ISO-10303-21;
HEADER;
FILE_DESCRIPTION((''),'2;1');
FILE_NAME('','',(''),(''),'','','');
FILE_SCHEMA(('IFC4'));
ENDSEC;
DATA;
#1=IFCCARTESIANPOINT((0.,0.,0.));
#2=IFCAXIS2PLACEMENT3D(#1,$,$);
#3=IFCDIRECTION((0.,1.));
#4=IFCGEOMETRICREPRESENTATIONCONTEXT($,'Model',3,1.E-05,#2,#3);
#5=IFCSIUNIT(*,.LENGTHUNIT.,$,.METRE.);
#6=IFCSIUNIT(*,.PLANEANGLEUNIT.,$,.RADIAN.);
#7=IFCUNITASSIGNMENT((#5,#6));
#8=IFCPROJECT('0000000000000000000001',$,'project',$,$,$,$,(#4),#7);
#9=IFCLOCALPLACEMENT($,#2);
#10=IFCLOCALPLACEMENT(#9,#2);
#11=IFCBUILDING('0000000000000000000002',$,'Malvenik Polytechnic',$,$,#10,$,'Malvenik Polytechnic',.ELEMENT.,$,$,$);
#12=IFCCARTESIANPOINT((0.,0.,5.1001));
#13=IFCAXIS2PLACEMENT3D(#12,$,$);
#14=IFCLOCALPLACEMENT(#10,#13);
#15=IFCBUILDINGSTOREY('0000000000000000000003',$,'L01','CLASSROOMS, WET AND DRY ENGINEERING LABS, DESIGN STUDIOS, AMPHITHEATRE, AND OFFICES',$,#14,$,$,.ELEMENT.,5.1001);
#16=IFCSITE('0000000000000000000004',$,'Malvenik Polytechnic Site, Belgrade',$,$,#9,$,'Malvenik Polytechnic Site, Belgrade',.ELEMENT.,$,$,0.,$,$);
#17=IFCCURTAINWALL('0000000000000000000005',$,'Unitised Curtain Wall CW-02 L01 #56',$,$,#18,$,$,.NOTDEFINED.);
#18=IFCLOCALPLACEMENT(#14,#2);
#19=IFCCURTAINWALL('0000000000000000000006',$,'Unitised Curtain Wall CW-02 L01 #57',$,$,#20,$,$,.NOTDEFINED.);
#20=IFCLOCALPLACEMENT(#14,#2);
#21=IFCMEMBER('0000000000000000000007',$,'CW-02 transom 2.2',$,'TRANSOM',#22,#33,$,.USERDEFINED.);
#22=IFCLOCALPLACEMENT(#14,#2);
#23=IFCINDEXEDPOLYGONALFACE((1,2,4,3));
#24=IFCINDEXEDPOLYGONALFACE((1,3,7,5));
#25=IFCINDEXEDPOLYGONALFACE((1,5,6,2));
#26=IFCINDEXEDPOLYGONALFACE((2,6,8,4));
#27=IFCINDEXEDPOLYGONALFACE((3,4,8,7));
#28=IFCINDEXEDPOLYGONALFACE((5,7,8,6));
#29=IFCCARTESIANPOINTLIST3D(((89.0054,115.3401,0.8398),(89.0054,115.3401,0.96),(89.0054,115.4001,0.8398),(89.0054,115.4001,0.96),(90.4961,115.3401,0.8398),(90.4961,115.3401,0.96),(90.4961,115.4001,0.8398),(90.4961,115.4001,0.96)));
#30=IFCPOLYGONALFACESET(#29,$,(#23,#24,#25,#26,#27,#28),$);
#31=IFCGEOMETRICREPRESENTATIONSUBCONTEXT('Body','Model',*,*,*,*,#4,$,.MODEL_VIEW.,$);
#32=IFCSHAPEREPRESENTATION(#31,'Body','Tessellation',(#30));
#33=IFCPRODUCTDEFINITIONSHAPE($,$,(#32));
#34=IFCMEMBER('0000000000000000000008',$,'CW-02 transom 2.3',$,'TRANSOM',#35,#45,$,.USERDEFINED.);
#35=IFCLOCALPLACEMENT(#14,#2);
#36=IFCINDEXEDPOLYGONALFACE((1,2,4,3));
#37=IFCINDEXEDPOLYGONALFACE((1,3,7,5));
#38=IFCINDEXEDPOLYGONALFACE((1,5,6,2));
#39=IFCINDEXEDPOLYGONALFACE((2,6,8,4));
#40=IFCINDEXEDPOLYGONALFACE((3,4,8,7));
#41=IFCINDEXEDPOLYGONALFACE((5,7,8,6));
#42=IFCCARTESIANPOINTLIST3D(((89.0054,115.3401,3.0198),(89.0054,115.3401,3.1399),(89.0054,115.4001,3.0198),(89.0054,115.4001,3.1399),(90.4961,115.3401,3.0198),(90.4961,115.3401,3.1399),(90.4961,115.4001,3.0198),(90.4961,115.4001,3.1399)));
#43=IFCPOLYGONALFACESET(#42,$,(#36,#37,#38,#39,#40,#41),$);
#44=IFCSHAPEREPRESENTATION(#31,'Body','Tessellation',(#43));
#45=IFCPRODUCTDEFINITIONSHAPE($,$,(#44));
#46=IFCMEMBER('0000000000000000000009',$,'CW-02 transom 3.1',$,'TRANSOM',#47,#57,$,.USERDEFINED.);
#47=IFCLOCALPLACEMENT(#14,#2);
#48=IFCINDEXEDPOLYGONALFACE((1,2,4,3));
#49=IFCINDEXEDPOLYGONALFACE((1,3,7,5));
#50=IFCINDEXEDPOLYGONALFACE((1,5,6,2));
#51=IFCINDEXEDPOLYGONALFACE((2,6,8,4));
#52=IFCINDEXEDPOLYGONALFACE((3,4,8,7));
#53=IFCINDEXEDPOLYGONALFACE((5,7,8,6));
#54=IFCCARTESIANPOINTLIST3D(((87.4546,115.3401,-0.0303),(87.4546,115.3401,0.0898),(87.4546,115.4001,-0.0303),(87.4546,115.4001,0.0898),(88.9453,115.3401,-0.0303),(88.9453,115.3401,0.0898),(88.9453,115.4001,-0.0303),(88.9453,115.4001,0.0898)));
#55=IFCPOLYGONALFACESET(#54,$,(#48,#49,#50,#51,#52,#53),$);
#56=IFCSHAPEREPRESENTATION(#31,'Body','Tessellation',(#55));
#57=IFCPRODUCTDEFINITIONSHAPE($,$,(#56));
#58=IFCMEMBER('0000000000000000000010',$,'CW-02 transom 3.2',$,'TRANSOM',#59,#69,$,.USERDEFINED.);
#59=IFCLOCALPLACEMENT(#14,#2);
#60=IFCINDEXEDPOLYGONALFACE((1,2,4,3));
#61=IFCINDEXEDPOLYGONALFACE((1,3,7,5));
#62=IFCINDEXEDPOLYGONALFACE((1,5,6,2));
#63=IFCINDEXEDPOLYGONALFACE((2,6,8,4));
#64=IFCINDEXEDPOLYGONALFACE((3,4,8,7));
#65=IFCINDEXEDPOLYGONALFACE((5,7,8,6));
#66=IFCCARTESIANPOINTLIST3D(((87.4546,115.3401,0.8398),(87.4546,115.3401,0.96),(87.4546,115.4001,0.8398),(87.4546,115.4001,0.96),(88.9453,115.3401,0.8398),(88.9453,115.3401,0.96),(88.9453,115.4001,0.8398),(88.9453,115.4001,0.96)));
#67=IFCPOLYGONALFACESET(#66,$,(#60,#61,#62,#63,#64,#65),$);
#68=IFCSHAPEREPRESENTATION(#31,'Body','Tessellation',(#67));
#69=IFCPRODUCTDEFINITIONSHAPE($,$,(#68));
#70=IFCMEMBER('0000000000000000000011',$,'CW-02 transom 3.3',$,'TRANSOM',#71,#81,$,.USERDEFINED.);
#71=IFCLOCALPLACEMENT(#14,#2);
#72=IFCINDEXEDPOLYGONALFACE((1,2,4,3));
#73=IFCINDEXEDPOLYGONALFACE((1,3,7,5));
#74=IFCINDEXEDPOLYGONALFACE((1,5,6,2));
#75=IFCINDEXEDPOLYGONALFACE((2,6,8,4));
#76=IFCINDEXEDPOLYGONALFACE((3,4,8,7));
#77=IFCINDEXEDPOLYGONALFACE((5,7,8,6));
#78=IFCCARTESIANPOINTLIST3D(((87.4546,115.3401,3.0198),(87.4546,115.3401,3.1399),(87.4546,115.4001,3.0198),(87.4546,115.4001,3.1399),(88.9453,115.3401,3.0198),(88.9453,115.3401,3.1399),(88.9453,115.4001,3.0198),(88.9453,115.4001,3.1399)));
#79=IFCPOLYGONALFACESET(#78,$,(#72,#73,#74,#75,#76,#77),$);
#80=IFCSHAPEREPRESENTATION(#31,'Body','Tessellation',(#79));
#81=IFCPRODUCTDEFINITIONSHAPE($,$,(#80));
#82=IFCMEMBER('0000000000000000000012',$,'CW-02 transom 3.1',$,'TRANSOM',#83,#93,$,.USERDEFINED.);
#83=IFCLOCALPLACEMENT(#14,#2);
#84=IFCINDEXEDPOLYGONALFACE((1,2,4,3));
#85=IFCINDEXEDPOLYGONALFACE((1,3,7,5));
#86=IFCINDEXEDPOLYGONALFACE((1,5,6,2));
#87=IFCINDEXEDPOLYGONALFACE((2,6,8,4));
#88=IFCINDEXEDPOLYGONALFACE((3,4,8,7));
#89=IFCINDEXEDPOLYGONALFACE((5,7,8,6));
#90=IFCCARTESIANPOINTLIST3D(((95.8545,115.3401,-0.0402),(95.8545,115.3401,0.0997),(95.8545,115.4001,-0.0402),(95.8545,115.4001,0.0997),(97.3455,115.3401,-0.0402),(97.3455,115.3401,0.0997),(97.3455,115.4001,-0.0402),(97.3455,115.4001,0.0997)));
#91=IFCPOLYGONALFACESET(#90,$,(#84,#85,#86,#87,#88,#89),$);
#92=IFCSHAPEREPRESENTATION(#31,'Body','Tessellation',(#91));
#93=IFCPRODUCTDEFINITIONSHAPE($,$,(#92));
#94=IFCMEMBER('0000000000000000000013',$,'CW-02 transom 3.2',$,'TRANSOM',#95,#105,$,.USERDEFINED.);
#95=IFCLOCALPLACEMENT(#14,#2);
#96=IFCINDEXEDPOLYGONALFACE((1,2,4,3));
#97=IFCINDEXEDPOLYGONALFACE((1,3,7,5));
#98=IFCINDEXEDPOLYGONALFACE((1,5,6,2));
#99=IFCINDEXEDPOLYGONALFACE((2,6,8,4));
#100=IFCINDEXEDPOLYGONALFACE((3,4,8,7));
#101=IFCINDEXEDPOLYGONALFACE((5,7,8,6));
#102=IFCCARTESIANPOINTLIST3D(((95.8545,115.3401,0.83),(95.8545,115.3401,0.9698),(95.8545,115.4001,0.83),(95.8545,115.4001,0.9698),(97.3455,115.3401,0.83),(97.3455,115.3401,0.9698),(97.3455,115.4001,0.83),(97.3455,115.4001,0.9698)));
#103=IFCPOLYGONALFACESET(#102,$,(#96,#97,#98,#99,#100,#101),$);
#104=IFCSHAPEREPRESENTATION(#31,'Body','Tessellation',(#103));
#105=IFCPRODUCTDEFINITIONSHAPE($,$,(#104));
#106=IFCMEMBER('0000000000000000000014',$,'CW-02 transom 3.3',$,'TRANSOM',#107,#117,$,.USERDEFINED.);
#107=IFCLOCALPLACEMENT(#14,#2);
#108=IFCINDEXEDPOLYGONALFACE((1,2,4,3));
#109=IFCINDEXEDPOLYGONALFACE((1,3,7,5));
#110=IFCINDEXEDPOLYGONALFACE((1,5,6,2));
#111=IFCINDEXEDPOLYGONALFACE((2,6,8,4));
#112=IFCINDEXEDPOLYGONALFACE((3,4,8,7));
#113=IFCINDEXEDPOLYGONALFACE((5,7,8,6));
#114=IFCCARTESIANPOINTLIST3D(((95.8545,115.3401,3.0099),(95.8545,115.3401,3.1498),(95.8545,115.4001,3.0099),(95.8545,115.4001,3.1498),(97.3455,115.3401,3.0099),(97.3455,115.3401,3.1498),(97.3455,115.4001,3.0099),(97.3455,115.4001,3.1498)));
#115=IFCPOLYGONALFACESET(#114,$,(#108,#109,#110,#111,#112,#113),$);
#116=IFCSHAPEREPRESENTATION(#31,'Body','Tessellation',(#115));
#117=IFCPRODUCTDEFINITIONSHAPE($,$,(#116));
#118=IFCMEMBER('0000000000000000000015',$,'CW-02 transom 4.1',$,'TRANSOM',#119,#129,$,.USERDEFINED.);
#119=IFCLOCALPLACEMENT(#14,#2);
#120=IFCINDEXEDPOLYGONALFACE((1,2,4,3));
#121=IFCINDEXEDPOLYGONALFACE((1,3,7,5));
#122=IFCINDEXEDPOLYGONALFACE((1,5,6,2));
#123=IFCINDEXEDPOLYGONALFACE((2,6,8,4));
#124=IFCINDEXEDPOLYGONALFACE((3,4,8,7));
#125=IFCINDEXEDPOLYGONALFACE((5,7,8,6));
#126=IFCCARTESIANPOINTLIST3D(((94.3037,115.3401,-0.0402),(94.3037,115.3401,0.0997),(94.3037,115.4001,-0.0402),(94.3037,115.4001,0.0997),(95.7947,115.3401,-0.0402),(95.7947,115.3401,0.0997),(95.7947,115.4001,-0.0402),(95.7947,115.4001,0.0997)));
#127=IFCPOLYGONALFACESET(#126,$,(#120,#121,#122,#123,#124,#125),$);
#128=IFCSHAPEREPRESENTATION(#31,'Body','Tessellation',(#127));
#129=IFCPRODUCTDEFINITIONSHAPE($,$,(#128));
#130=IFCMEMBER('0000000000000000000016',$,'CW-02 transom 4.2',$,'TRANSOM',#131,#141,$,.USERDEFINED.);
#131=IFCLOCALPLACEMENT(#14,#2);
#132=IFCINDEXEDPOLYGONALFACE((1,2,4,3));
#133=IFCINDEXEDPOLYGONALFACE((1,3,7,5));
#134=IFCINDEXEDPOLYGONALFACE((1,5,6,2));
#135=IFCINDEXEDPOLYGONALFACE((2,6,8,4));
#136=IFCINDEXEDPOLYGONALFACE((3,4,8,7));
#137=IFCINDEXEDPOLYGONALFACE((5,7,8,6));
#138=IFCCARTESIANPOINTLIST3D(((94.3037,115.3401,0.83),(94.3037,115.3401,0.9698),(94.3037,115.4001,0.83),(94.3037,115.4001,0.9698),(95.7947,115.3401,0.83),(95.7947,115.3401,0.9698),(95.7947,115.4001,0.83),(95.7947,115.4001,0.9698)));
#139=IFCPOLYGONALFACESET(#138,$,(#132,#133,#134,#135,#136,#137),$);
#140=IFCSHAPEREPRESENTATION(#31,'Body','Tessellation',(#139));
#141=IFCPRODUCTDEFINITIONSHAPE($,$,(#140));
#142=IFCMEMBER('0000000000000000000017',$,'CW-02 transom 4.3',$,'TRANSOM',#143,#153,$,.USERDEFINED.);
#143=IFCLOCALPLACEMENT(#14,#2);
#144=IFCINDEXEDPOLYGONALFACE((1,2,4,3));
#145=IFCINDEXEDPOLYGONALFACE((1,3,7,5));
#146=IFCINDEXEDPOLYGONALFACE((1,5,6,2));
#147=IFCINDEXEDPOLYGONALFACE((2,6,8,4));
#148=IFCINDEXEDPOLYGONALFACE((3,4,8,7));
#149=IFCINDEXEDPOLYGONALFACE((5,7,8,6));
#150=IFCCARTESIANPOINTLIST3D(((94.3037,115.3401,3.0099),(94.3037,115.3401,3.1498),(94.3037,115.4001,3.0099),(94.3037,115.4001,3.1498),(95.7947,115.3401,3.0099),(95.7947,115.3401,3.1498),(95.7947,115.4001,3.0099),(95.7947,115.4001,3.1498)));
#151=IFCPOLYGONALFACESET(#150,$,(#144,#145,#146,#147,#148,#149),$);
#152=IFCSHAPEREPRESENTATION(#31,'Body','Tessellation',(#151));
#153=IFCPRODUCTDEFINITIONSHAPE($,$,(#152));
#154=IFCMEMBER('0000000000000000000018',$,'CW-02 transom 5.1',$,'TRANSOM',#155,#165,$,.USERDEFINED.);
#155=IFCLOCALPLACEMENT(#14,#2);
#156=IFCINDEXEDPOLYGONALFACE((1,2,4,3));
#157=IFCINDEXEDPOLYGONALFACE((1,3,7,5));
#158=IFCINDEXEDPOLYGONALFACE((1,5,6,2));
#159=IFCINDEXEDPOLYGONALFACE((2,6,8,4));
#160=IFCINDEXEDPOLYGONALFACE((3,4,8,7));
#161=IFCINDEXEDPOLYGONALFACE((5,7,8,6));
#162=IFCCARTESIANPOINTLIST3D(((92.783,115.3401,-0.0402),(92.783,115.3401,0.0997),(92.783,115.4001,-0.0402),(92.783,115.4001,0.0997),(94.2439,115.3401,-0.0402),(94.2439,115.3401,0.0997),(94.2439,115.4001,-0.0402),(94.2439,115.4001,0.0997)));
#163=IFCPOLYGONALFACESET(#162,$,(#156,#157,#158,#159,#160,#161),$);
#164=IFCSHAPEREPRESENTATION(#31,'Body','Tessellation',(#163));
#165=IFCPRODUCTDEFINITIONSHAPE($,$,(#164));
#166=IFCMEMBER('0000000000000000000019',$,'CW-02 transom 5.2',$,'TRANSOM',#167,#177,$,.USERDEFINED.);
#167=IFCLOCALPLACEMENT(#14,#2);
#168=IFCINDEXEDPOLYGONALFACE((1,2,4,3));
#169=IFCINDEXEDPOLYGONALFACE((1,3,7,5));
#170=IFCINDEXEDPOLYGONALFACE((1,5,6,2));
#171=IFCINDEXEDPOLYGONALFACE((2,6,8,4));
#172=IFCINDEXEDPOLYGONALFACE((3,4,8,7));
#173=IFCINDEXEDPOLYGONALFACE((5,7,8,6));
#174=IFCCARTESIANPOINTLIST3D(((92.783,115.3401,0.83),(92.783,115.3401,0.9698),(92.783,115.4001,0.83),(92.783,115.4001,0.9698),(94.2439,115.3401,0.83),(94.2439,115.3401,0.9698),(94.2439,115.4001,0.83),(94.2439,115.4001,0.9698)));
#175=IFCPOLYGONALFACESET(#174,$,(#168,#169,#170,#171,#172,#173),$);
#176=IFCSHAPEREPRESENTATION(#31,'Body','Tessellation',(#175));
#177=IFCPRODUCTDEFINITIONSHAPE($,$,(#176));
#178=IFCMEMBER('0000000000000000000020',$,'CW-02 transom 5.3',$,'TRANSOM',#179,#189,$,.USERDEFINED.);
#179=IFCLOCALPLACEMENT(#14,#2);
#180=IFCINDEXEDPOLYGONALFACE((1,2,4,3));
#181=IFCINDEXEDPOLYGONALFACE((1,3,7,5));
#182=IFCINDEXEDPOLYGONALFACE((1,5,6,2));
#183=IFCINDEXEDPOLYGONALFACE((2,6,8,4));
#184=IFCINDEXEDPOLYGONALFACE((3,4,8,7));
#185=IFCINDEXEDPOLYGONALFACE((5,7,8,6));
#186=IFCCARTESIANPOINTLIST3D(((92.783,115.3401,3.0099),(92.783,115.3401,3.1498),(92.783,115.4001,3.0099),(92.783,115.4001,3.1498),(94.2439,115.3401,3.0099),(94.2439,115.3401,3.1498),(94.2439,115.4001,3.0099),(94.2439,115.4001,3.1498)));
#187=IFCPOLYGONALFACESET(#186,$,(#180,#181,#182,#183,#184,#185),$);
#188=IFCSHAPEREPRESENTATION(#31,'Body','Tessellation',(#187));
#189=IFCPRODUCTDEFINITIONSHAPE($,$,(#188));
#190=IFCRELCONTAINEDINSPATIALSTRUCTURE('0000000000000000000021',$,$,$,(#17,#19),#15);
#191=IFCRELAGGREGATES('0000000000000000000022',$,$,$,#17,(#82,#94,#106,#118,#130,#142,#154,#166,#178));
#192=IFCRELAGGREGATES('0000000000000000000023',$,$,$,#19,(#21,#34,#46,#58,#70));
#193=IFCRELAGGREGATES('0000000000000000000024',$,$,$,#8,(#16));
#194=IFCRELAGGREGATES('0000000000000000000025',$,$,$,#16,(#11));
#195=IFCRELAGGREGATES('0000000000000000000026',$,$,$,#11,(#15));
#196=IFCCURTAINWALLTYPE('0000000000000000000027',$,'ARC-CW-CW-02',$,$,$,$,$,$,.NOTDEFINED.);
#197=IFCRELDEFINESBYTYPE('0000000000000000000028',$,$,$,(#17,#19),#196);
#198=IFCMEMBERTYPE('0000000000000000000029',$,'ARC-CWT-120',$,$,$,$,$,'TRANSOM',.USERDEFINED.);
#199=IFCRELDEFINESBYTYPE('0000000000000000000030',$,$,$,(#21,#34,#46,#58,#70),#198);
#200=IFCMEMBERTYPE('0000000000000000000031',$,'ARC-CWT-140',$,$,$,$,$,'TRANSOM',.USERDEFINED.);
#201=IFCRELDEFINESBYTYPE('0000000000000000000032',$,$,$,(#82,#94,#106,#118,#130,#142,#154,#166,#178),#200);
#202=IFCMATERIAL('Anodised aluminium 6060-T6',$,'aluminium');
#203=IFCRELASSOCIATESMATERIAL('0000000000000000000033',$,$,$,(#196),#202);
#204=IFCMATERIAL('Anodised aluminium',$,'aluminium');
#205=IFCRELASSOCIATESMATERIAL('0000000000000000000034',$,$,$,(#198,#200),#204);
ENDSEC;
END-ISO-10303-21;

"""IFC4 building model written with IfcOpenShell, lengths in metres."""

from ifc_helpers import new_model, si_unit, direction, frame, origin, origin_2d, place, context, subcontext, project, spatial, rectangle, extrude, material, material_profile, profile_set, type_object, element, aggregate, save


model = new_model("IFC4")

# Units and contexts
model_context = context("Model", 3, precision=1e-05, world=origin(), true_north=direction((0.0, 1.0)))
body_context = subcontext(model_context, "Body", "Model", "MODEL_VIEW")
ifc_project = project(units=[si_unit("LENGTHUNIT", "METRE"), si_unit("PLANEANGLEUNIT", "RADIAN")], contexts=[model_context])

# Site, building, storey
site_placement = place(None, origin())
site = spatial("IfcSite", under=ifc_project, at=site_placement, Name="Malvenik Polytechnic Site, Belgrade", LongName="Malvenik Polytechnic Site, Belgrade", CompositionType="ELEMENT", RefElevation=0.0)
building_placement = place(site_placement, origin())
building = spatial("IfcBuilding", under=site, at=building_placement, Name="Malvenik Polytechnic", LongName="Malvenik Polytechnic", CompositionType="ELEMENT")
storey_placement = place(building_placement, frame((0.0, 0.0, 5.1001)))
storey = spatial("IfcBuildingStorey", under=building, at=storey_placement, Name="L01", Description="CLASSROOMS, WET AND DRY ENGINEERING LABS, DESIGN STUDIOS, AMPHITHEATRE, AND OFFICES", CompositionType="ELEMENT", Elevation=5.1001)

# Curtain walls, members
ifc_material_1 = material(Name="Anodised aluminium 6060-T6", Category="aluminium")
curtain_wall_type = type_object("IfcCurtainWallType", Name="ARC-CW-CW-02", PredefinedType="NOTDEFINED", material=ifc_material_1)
curtain_wall_1_placement = place(storey_placement, origin())
curtain_wall_1 = element("IfcCurtainWall", 1, at=curtain_wall_1_placement, inside=storey, type_object=curtain_wall_type, Name="Unitised Curtain Wall CW-02 L01 #56", PredefinedType="NOTDEFINED")
ifc_material_2 = material(Name="Anodised aluminium", Category="aluminium")
curtain_wall_2_placement = place(storey_placement, origin())
curtain_wall_2 = element("IfcCurtainWall", 2, at=curtain_wall_2_placement, inside=storey, type_object=curtain_wall_type, Name="Unitised Curtain Wall CW-02 L01 #57", PredefinedType="NOTDEFINED")
ifc_material_profile_1 = material_profile(ifc_material_2, rectangle(XDim=0.0601, YDim=0.1201, at=origin_2d()), Name="ALU TRANSOM 60x120")
ifc_profile_set_1 = profile_set([ifc_material_profile_1], Name="Anodised aluminium")
member_type_1 = type_object("IfcMemberType", Name="ARC-CWT-120", ElementType="TRANSOM", PredefinedType="USERDEFINED", material=ifc_profile_set_1)
member_1_placement = place(storey_placement, frame((90.4961, 115.3701, 0.8999), z_axis=(-1.0, 0.0, 0.0), x_axis=(0.0, -1.0, 0.0)))
member_1 = element("IfcMember", 3, at=member_1_placement, type_object=member_type_1, Name="CW-02 transom 2.2", ObjectType="TRANSOM", PredefinedType="USERDEFINED", context=body_context, shape_type="SweptSolid", body=[
    extrude(rectangle(XDim=0.0601, YDim=0.1201, at=origin_2d()), origin(), (0.0, 0.0, 1.0), 1.4907),
])
member_2_placement = place(storey_placement, frame((90.4961, 115.3701, 3.0798), z_axis=(-1.0, 0.0, 0.0), x_axis=(0.0, -1.0, 0.0)))
member_2 = element("IfcMember", 4, at=member_2_placement, type_object=member_type_1, Name="CW-02 transom 2.3", ObjectType="TRANSOM", PredefinedType="USERDEFINED", context=body_context, shape_type="SweptSolid", body=[
    extrude(rectangle(XDim=0.0601, YDim=0.1201, at=origin_2d()), origin(), (0.0, 0.0, 1.0), 1.4907),
])
member_3_placement = place(storey_placement, frame((88.9453, 115.3701, 0.0298), z_axis=(-1.0, 0.0, 0.0), x_axis=(0.0, -1.0, 0.0)))
member_3 = element("IfcMember", 5, at=member_3_placement, type_object=member_type_1, Name="CW-02 transom 3.1", ObjectType="TRANSOM", PredefinedType="USERDEFINED", context=body_context, shape_type="SweptSolid", body=[
    extrude(rectangle(XDim=0.0601, YDim=0.1201, at=origin_2d()), origin(), (0.0, 0.0, 1.0), 1.4907),
])
member_4_placement = place(storey_placement, frame((88.9453, 115.3701, 0.8999), z_axis=(-1.0, 0.0, 0.0), x_axis=(0.0, -1.0, 0.0)))
member_4 = element("IfcMember", 6, at=member_4_placement, type_object=member_type_1, Name="CW-02 transom 3.2", ObjectType="TRANSOM", PredefinedType="USERDEFINED", context=body_context, shape_type="SweptSolid", body=[
    extrude(rectangle(XDim=0.0601, YDim=0.1201, at=origin_2d()), origin(), (0.0, 0.0, 1.0), 1.4907),
])
member_5_placement = place(storey_placement, frame((88.9453, 115.3701, 3.0798), z_axis=(-1.0, 0.0, 0.0), x_axis=(0.0, -1.0, 0.0)))
member_5 = element("IfcMember", 7, at=member_5_placement, type_object=member_type_1, Name="CW-02 transom 3.3", ObjectType="TRANSOM", PredefinedType="USERDEFINED", context=body_context, shape_type="SweptSolid", body=[
    extrude(rectangle(XDim=0.0601, YDim=0.1201, at=origin_2d()), origin(), (0.0, 0.0, 1.0), 1.4907),
])

# Members
ifc_material_profile_2 = material_profile(ifc_material_2, rectangle(XDim=0.0601, YDim=0.1399, at=origin_2d()), Name="ALU TRANSOM 60x140")
ifc_profile_set_2 = profile_set([ifc_material_profile_2], Name="Anodised aluminium")
member_type_2 = type_object("IfcMemberType", Name="ARC-CWT-140", ElementType="TRANSOM", PredefinedType="USERDEFINED", material=ifc_profile_set_2)
member_6_placement = place(storey_placement, frame((97.3455, 115.3701, 0.0298), z_axis=(-1.0, 0.0, 0.0), x_axis=(0.0, -1.0, 0.0)))
member_6 = element("IfcMember", 8, at=member_6_placement, type_object=member_type_2, Name="CW-02 transom 3.1", ObjectType="TRANSOM", PredefinedType="USERDEFINED", context=body_context, shape_type="SweptSolid", body=[
    extrude(rectangle(XDim=0.0601, YDim=0.1399, at=origin_2d()), origin(), (0.0, 0.0, 1.0), 1.491),
])
member_7_placement = place(storey_placement, frame((97.3455, 115.3701, 0.8999), z_axis=(-1.0, 0.0, 0.0), x_axis=(0.0, -1.0, 0.0)))
member_7 = element("IfcMember", 9, at=member_7_placement, type_object=member_type_2, Name="CW-02 transom 3.2", ObjectType="TRANSOM", PredefinedType="USERDEFINED", context=body_context, shape_type="SweptSolid", body=[
    extrude(rectangle(XDim=0.0601, YDim=0.1399, at=origin_2d()), origin(), (0.0, 0.0, 1.0), 1.491),
])
member_8_placement = place(storey_placement, frame((97.3455, 115.3701, 3.0798), z_axis=(-1.0, 0.0, 0.0), x_axis=(0.0, -1.0, 0.0)))
member_8 = element("IfcMember", 10, at=member_8_placement, type_object=member_type_2, Name="CW-02 transom 3.3", ObjectType="TRANSOM", PredefinedType="USERDEFINED", context=body_context, shape_type="SweptSolid", body=[
    extrude(rectangle(XDim=0.0601, YDim=0.1399, at=origin_2d()), origin(), (0.0, 0.0, 1.0), 1.491),
])
member_9_placement = place(storey_placement, frame((95.7947, 115.3701, 0.0298), z_axis=(-1.0, 0.0, 0.0), x_axis=(0.0, -1.0, 0.0)))
member_9 = element("IfcMember", 11, at=member_9_placement, type_object=member_type_2, Name="CW-02 transom 4.1", ObjectType="TRANSOM", PredefinedType="USERDEFINED", context=body_context, shape_type="SweptSolid", body=[
    extrude(rectangle(XDim=0.0601, YDim=0.1399, at=origin_2d()), origin(), (0.0, 0.0, 1.0), 1.491),
])
member_10_placement = place(storey_placement, frame((95.7947, 115.3701, 0.8999), z_axis=(-1.0, 0.0, 0.0), x_axis=(0.0, -1.0, 0.0)))
member_10 = element("IfcMember", 12, at=member_10_placement, type_object=member_type_2, Name="CW-02 transom 4.2", ObjectType="TRANSOM", PredefinedType="USERDEFINED", context=body_context, shape_type="SweptSolid", body=[
    extrude(rectangle(XDim=0.0601, YDim=0.1399, at=origin_2d()), origin(), (0.0, 0.0, 1.0), 1.491),
])
member_11_placement = place(storey_placement, frame((95.7947, 115.3701, 3.0798), z_axis=(-1.0, 0.0, 0.0), x_axis=(0.0, -1.0, 0.0)))
member_11 = element("IfcMember", 13, at=member_11_placement, type_object=member_type_2, Name="CW-02 transom 4.3", ObjectType="TRANSOM", PredefinedType="USERDEFINED", context=body_context, shape_type="SweptSolid", body=[
    extrude(rectangle(XDim=0.0601, YDim=0.1399, at=origin_2d()), origin(), (0.0, 0.0, 1.0), 1.491),
])
member_12_placement = place(storey_placement, frame((94.2439, 115.3701, 0.0298), z_axis=(-1.0, 0.0, 0.0), x_axis=(0.0, -1.0, 0.0)))
member_12 = element("IfcMember", 14, at=member_12_placement, type_object=member_type_2, Name="CW-02 transom 5.1", ObjectType="TRANSOM", PredefinedType="USERDEFINED", context=body_context, shape_type="SweptSolid", body=[
    extrude(rectangle(XDim=0.0601, YDim=0.1399, at=origin_2d()), origin(), (0.0, 0.0, 1.0), 1.4609),
])
member_13_placement = place(storey_placement, frame((94.2439, 115.3701, 0.8999), z_axis=(-1.0, 0.0, 0.0), x_axis=(0.0, -1.0, 0.0)))
member_13 = element("IfcMember", 15, at=member_13_placement, type_object=member_type_2, Name="CW-02 transom 5.2", ObjectType="TRANSOM", PredefinedType="USERDEFINED", context=body_context, shape_type="SweptSolid", body=[
    extrude(rectangle(XDim=0.0601, YDim=0.1399, at=origin_2d()), origin(), (0.0, 0.0, 1.0), 1.4609),
])
member_14_placement = place(storey_placement, frame((94.2439, 115.3701, 3.0798), z_axis=(-1.0, 0.0, 0.0), x_axis=(0.0, -1.0, 0.0)))
member_14 = element("IfcMember", 16, at=member_14_placement, type_object=member_type_2, Name="CW-02 transom 5.3", ObjectType="TRANSOM", PredefinedType="USERDEFINED", context=body_context, shape_type="SweptSolid", body=[
    extrude(rectangle(XDim=0.0601, YDim=0.1399, at=origin_2d()), origin(), (0.0, 0.0, 1.0), 1.4609),
])

aggregate(curtain_wall_1, [member_6, member_7, member_8, member_9, member_10, member_11, member_12, member_13, member_14])
aggregate(curtain_wall_2, [member_1, member_2, member_3, member_4, member_5])

save(model, "model.ifc")
